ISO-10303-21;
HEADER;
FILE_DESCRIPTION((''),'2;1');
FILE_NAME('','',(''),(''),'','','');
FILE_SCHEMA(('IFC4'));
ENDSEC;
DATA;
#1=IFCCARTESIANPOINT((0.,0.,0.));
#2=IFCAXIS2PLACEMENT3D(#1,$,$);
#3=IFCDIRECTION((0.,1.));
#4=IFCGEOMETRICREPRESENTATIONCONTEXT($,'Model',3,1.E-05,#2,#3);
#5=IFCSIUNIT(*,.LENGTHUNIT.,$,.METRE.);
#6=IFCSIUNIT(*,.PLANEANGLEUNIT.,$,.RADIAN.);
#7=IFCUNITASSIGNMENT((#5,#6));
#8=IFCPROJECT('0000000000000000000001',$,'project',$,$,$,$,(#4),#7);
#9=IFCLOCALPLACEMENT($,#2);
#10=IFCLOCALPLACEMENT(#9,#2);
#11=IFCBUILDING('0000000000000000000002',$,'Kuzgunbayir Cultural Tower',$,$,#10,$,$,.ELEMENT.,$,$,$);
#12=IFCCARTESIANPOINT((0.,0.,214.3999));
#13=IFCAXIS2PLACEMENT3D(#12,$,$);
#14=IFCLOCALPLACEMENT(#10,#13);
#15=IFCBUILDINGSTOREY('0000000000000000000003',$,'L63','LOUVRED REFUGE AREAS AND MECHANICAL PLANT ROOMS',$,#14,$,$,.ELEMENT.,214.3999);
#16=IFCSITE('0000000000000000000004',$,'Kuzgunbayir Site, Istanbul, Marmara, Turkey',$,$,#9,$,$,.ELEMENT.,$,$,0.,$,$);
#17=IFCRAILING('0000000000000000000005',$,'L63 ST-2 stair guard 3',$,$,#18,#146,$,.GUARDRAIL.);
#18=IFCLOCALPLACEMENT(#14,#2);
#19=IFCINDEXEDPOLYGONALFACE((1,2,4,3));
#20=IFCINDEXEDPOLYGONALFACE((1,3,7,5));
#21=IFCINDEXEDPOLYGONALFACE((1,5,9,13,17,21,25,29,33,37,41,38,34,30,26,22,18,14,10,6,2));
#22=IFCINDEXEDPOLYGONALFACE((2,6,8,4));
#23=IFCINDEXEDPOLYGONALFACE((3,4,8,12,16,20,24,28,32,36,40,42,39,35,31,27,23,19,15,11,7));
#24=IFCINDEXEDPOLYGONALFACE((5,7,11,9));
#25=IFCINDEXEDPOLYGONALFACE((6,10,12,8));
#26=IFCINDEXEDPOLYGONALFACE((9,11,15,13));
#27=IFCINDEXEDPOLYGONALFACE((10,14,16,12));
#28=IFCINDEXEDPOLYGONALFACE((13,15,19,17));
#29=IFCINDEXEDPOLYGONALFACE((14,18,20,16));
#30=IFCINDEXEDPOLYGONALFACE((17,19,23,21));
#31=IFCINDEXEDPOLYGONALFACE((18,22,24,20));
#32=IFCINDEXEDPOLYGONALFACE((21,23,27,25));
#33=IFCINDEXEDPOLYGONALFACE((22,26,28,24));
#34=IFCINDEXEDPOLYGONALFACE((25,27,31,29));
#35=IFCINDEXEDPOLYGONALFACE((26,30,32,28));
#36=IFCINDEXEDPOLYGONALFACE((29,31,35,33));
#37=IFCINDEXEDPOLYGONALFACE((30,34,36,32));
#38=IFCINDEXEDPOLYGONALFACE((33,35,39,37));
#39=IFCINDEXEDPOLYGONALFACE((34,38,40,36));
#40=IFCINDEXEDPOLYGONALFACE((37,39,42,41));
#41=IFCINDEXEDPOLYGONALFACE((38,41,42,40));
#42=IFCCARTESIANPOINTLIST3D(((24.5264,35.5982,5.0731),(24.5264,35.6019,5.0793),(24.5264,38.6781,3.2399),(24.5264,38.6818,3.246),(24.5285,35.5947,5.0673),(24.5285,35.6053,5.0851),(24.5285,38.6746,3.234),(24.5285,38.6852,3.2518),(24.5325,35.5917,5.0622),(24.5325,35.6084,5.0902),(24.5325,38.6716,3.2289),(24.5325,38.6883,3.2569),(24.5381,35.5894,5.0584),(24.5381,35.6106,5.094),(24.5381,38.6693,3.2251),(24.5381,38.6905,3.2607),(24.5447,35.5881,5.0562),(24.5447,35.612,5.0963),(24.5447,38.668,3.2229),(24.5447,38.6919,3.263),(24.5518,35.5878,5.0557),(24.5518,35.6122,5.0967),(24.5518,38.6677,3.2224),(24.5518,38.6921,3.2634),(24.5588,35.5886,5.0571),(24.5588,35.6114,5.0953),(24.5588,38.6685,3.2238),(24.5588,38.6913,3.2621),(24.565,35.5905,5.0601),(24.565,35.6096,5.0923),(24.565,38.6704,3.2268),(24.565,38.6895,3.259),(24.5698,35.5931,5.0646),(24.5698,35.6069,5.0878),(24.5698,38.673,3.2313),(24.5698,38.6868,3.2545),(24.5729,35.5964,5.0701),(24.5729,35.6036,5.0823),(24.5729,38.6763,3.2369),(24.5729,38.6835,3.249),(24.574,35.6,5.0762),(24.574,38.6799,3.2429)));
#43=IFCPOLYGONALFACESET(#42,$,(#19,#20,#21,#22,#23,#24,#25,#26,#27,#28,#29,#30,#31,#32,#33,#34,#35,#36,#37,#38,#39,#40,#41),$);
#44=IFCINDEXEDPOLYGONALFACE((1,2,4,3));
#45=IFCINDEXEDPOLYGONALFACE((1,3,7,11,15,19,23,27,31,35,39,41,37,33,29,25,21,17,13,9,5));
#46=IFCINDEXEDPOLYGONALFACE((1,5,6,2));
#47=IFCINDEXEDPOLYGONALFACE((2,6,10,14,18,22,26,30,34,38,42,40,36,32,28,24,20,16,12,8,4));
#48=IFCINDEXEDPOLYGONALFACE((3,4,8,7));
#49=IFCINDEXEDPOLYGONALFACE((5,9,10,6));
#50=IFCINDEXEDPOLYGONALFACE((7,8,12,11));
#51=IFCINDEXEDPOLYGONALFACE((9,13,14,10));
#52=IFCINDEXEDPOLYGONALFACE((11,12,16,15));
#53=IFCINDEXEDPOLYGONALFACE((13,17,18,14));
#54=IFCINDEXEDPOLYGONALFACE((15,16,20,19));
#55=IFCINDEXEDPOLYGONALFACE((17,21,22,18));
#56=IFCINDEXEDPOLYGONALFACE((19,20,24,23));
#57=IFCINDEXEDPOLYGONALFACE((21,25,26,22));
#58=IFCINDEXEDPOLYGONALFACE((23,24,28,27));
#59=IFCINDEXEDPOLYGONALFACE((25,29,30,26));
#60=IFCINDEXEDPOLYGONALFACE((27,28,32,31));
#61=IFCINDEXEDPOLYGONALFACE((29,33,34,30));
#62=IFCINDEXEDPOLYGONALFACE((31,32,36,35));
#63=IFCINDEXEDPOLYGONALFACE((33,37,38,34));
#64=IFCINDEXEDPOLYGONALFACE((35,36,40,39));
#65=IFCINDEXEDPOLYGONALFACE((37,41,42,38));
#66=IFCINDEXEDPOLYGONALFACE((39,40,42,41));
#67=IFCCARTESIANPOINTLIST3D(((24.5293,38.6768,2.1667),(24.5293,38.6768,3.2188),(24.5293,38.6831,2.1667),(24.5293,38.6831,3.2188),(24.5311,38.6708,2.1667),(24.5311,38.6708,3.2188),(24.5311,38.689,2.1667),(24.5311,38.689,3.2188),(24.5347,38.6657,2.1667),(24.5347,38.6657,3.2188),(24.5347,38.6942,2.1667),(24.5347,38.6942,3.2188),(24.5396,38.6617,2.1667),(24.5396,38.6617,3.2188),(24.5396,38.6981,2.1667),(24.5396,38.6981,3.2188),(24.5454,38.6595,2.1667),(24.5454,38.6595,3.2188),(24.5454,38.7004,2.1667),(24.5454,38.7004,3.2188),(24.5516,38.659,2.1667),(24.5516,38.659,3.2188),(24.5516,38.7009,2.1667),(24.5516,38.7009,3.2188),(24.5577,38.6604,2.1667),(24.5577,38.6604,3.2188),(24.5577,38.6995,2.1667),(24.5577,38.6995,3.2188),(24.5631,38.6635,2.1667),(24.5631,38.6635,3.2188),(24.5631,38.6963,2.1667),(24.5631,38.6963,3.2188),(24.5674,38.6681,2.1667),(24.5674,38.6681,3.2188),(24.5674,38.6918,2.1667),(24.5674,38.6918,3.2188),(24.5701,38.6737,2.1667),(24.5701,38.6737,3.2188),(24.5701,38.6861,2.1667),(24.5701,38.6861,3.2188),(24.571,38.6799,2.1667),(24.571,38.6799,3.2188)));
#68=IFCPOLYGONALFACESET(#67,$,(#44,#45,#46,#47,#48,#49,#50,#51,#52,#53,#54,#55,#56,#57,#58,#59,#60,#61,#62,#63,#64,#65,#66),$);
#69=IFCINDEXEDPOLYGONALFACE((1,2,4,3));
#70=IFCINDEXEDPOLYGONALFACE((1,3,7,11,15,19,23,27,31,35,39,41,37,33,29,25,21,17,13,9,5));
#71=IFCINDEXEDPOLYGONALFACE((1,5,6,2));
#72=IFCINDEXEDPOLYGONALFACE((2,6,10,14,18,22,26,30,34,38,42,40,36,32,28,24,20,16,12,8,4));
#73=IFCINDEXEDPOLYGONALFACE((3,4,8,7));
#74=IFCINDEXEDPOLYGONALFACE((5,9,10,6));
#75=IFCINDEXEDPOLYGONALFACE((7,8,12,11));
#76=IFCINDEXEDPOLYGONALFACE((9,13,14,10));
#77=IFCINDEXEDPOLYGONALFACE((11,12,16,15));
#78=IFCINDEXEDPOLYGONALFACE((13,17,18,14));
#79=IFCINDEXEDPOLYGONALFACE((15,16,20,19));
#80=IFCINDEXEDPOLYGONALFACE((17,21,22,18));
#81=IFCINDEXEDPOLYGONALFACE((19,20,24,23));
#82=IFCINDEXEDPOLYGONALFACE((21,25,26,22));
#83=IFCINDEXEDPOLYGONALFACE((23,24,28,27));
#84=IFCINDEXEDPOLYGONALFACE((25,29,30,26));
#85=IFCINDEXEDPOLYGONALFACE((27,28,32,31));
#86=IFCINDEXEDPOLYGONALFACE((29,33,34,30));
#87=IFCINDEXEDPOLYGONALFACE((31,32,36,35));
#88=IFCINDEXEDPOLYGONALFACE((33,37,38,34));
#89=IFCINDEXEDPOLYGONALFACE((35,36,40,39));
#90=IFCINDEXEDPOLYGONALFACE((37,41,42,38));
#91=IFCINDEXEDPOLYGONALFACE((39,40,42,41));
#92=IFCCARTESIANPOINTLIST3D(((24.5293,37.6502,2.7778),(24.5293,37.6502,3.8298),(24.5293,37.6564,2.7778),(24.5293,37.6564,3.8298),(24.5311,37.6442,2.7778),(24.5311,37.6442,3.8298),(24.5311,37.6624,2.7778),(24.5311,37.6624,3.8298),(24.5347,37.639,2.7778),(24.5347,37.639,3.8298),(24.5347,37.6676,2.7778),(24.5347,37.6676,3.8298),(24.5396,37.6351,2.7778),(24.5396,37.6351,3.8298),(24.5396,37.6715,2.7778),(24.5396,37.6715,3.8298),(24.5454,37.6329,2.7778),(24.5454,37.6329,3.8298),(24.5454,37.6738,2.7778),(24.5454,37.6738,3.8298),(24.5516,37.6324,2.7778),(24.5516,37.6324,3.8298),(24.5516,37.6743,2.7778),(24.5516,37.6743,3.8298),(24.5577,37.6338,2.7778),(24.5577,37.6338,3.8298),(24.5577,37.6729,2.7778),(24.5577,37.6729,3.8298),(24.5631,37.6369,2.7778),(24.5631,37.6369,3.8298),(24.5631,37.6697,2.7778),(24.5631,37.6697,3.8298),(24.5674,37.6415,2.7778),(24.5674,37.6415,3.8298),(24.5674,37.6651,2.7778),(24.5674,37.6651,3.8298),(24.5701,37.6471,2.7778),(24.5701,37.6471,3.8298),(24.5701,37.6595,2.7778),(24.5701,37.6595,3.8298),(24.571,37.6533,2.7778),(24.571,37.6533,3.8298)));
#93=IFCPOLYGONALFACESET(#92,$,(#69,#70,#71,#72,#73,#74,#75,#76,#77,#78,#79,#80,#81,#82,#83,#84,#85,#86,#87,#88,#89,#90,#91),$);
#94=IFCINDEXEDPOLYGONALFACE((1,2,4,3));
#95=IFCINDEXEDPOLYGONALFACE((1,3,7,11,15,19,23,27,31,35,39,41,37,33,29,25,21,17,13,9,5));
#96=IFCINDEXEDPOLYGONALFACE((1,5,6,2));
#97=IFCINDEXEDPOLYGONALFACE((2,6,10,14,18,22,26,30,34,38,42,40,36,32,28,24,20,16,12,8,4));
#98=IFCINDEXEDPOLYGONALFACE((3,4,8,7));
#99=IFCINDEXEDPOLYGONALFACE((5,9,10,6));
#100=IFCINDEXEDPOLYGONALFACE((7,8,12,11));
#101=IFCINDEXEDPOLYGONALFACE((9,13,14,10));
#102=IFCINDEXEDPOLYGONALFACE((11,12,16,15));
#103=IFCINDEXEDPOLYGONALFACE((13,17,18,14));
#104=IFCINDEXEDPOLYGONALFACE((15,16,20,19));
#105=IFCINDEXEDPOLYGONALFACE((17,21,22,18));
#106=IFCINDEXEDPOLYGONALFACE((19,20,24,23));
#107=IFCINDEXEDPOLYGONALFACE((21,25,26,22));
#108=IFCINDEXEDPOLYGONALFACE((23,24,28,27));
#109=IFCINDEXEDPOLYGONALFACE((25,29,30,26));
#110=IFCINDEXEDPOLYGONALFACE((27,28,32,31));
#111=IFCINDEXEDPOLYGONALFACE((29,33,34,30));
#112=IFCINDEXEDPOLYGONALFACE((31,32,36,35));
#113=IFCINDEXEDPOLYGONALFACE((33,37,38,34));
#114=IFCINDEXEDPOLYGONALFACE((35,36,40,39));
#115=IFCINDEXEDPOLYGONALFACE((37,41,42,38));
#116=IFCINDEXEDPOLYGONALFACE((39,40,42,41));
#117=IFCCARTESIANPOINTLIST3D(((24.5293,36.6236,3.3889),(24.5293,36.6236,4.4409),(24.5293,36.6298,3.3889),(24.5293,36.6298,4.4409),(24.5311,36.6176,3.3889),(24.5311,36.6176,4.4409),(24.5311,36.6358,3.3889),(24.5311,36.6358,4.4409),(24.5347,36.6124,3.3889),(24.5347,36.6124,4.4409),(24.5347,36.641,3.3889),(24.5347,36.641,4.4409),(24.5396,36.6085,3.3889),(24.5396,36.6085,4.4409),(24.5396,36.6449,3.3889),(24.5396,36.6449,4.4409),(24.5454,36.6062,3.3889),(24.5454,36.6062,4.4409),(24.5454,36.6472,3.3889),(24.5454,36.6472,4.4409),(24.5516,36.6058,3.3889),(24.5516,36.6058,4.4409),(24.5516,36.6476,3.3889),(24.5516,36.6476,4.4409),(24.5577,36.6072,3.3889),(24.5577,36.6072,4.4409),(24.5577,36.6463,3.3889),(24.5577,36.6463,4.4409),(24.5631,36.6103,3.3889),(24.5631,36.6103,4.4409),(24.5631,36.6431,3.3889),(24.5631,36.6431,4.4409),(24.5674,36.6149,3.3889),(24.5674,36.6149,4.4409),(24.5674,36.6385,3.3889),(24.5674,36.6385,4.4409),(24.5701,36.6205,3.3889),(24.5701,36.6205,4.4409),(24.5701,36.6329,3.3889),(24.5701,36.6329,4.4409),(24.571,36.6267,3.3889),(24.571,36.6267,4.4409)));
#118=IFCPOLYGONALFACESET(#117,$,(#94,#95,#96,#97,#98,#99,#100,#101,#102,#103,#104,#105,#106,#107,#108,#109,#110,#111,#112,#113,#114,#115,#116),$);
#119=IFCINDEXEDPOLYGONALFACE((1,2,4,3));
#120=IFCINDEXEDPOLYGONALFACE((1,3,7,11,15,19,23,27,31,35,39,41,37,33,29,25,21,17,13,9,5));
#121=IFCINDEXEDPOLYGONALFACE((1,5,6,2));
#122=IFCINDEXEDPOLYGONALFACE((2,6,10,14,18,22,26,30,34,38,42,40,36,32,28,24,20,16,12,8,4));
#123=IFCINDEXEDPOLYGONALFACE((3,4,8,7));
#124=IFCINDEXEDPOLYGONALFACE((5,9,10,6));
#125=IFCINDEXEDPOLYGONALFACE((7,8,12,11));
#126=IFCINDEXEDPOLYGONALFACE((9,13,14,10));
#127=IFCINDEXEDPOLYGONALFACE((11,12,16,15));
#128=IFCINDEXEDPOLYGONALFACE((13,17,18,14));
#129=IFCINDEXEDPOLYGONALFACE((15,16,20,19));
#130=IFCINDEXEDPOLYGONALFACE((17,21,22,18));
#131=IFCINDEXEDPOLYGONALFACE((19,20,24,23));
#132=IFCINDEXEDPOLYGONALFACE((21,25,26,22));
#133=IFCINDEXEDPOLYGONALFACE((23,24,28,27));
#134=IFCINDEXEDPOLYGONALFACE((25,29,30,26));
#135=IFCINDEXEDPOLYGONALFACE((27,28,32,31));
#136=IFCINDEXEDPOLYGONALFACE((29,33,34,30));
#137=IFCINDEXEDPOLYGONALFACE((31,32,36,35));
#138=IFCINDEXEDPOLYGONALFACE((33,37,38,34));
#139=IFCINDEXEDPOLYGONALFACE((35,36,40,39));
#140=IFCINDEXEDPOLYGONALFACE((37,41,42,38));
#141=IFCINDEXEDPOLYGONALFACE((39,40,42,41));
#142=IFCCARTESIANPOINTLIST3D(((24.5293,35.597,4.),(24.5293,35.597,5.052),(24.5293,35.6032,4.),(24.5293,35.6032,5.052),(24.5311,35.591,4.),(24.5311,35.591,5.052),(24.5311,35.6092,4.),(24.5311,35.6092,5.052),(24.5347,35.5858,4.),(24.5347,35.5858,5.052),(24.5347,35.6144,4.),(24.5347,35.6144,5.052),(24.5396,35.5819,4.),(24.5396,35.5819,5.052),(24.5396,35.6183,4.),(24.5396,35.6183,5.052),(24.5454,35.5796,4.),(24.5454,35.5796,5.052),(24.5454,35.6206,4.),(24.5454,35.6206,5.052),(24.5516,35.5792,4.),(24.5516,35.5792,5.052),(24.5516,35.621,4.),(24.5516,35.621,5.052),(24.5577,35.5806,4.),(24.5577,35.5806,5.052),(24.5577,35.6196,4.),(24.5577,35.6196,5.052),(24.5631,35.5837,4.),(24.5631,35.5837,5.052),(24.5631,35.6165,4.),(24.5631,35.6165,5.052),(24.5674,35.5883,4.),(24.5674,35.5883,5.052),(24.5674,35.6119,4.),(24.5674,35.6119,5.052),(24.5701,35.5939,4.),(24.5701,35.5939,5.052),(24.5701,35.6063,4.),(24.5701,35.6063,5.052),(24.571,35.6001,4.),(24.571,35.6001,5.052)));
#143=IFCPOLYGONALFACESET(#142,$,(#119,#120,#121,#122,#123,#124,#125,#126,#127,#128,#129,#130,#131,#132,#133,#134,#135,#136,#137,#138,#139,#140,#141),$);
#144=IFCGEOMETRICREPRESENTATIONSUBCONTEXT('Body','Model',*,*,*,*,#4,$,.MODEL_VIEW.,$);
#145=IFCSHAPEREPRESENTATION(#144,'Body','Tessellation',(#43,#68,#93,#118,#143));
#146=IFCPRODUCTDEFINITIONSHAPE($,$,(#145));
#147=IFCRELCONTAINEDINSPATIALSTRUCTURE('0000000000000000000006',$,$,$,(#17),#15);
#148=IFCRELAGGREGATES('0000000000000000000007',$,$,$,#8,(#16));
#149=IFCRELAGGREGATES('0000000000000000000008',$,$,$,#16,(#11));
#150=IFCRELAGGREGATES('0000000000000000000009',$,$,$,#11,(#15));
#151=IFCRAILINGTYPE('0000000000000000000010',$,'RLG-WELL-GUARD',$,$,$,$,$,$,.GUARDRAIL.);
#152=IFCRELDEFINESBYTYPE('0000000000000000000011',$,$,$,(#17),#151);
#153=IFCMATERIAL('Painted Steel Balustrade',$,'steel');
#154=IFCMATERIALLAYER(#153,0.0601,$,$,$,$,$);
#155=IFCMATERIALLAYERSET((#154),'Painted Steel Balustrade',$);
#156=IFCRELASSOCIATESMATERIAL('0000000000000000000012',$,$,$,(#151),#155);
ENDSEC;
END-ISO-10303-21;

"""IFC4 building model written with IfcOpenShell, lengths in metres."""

from ifc_helpers import new_model, si_unit, direction, frame, origin, origin_2d, place, context, subcontext, project, spatial, circle, extrude, material, layer, layer_set, type_object, element, save


model = new_model("IFC4")

# Units and contexts
model_context = context("Model", 3, precision=1e-05, world=origin(), true_north=direction((0.0, 1.0)))
body_context = subcontext(model_context, "Body", "Model", "MODEL_VIEW")
ifc_project = project(units=[si_unit("LENGTHUNIT", "METRE"), si_unit("PLANEANGLEUNIT", "RADIAN")], contexts=[model_context])

# Site, building, storey
site_placement = place(None, origin())
site = spatial("IfcSite", under=ifc_project, at=site_placement, Name="Kuzgunbayir Site, Istanbul, Marmara, Turkey", CompositionType="ELEMENT", RefElevation=0.0)
building_placement = place(site_placement, origin())
building = spatial("IfcBuilding", under=site, at=building_placement, Name="Kuzgunbayir Cultural Tower", CompositionType="ELEMENT")
storey_placement = place(building_placement, frame((0.0, 0.0, 214.3999)))
storey = spatial("IfcBuildingStorey", under=building, at=storey_placement, Name="L63", Description="LOUVRED REFUGE AREAS AND MECHANICAL PLANT ROOMS", CompositionType="ELEMENT", Elevation=214.3999)

# Railing
ifc_material_1 = material(Name="Painted Steel Balustrade", Category="steel")
ifc_layer_1 = layer(ifc_material_1, 0.0601)
ifc_layer_set_1 = layer_set([ifc_layer_1], Name="Painted Steel Balustrade")
railing_type_1 = type_object("IfcRailingType", Name="RLG-WELL-GUARD", PredefinedType="GUARDRAIL", material=ifc_layer_set_1)
railing_1_placement = place(storey_placement, frame((24.55, 38.6799, 2.1667)))
element("IfcRailing", 1, at=railing_1_placement, inside=storey, type_object=railing_type_1, Name="L63 ST-2 stair guard 3", PredefinedType="GUARDRAIL", context=body_context, shape_type="SweptSolid", body=[
    extrude(circle(Radius=0.0239, at=origin_2d()), frame((0.0, 0.0, 1.0762), z_axis=(0.0, -0.859291, 0.511487), x_axis=(1.0, 0.0, 0.0)), (0.0, 0.0, 1.0), 3.5842),
    extrude(circle(Radius=0.021, at=origin_2d()), origin(), (0.0, 0.0, 1.0), 1.052),
    extrude(circle(Radius=0.021, at=origin_2d()), frame((0.0, -1.0266, 0.6111)), (0.0, 0.0, 1.0), 1.052),
    extrude(circle(Radius=0.021, at=origin_2d()), frame((0.0, -2.0532, 1.2222)), (0.0, 0.0, 1.0), 1.052),
    extrude(circle(Radius=0.021, at=origin_2d()), frame((0.0, -3.0798, 1.8333)), (0.0, 0.0, 1.0), 1.052),
])

save(model, "model.ifc")
